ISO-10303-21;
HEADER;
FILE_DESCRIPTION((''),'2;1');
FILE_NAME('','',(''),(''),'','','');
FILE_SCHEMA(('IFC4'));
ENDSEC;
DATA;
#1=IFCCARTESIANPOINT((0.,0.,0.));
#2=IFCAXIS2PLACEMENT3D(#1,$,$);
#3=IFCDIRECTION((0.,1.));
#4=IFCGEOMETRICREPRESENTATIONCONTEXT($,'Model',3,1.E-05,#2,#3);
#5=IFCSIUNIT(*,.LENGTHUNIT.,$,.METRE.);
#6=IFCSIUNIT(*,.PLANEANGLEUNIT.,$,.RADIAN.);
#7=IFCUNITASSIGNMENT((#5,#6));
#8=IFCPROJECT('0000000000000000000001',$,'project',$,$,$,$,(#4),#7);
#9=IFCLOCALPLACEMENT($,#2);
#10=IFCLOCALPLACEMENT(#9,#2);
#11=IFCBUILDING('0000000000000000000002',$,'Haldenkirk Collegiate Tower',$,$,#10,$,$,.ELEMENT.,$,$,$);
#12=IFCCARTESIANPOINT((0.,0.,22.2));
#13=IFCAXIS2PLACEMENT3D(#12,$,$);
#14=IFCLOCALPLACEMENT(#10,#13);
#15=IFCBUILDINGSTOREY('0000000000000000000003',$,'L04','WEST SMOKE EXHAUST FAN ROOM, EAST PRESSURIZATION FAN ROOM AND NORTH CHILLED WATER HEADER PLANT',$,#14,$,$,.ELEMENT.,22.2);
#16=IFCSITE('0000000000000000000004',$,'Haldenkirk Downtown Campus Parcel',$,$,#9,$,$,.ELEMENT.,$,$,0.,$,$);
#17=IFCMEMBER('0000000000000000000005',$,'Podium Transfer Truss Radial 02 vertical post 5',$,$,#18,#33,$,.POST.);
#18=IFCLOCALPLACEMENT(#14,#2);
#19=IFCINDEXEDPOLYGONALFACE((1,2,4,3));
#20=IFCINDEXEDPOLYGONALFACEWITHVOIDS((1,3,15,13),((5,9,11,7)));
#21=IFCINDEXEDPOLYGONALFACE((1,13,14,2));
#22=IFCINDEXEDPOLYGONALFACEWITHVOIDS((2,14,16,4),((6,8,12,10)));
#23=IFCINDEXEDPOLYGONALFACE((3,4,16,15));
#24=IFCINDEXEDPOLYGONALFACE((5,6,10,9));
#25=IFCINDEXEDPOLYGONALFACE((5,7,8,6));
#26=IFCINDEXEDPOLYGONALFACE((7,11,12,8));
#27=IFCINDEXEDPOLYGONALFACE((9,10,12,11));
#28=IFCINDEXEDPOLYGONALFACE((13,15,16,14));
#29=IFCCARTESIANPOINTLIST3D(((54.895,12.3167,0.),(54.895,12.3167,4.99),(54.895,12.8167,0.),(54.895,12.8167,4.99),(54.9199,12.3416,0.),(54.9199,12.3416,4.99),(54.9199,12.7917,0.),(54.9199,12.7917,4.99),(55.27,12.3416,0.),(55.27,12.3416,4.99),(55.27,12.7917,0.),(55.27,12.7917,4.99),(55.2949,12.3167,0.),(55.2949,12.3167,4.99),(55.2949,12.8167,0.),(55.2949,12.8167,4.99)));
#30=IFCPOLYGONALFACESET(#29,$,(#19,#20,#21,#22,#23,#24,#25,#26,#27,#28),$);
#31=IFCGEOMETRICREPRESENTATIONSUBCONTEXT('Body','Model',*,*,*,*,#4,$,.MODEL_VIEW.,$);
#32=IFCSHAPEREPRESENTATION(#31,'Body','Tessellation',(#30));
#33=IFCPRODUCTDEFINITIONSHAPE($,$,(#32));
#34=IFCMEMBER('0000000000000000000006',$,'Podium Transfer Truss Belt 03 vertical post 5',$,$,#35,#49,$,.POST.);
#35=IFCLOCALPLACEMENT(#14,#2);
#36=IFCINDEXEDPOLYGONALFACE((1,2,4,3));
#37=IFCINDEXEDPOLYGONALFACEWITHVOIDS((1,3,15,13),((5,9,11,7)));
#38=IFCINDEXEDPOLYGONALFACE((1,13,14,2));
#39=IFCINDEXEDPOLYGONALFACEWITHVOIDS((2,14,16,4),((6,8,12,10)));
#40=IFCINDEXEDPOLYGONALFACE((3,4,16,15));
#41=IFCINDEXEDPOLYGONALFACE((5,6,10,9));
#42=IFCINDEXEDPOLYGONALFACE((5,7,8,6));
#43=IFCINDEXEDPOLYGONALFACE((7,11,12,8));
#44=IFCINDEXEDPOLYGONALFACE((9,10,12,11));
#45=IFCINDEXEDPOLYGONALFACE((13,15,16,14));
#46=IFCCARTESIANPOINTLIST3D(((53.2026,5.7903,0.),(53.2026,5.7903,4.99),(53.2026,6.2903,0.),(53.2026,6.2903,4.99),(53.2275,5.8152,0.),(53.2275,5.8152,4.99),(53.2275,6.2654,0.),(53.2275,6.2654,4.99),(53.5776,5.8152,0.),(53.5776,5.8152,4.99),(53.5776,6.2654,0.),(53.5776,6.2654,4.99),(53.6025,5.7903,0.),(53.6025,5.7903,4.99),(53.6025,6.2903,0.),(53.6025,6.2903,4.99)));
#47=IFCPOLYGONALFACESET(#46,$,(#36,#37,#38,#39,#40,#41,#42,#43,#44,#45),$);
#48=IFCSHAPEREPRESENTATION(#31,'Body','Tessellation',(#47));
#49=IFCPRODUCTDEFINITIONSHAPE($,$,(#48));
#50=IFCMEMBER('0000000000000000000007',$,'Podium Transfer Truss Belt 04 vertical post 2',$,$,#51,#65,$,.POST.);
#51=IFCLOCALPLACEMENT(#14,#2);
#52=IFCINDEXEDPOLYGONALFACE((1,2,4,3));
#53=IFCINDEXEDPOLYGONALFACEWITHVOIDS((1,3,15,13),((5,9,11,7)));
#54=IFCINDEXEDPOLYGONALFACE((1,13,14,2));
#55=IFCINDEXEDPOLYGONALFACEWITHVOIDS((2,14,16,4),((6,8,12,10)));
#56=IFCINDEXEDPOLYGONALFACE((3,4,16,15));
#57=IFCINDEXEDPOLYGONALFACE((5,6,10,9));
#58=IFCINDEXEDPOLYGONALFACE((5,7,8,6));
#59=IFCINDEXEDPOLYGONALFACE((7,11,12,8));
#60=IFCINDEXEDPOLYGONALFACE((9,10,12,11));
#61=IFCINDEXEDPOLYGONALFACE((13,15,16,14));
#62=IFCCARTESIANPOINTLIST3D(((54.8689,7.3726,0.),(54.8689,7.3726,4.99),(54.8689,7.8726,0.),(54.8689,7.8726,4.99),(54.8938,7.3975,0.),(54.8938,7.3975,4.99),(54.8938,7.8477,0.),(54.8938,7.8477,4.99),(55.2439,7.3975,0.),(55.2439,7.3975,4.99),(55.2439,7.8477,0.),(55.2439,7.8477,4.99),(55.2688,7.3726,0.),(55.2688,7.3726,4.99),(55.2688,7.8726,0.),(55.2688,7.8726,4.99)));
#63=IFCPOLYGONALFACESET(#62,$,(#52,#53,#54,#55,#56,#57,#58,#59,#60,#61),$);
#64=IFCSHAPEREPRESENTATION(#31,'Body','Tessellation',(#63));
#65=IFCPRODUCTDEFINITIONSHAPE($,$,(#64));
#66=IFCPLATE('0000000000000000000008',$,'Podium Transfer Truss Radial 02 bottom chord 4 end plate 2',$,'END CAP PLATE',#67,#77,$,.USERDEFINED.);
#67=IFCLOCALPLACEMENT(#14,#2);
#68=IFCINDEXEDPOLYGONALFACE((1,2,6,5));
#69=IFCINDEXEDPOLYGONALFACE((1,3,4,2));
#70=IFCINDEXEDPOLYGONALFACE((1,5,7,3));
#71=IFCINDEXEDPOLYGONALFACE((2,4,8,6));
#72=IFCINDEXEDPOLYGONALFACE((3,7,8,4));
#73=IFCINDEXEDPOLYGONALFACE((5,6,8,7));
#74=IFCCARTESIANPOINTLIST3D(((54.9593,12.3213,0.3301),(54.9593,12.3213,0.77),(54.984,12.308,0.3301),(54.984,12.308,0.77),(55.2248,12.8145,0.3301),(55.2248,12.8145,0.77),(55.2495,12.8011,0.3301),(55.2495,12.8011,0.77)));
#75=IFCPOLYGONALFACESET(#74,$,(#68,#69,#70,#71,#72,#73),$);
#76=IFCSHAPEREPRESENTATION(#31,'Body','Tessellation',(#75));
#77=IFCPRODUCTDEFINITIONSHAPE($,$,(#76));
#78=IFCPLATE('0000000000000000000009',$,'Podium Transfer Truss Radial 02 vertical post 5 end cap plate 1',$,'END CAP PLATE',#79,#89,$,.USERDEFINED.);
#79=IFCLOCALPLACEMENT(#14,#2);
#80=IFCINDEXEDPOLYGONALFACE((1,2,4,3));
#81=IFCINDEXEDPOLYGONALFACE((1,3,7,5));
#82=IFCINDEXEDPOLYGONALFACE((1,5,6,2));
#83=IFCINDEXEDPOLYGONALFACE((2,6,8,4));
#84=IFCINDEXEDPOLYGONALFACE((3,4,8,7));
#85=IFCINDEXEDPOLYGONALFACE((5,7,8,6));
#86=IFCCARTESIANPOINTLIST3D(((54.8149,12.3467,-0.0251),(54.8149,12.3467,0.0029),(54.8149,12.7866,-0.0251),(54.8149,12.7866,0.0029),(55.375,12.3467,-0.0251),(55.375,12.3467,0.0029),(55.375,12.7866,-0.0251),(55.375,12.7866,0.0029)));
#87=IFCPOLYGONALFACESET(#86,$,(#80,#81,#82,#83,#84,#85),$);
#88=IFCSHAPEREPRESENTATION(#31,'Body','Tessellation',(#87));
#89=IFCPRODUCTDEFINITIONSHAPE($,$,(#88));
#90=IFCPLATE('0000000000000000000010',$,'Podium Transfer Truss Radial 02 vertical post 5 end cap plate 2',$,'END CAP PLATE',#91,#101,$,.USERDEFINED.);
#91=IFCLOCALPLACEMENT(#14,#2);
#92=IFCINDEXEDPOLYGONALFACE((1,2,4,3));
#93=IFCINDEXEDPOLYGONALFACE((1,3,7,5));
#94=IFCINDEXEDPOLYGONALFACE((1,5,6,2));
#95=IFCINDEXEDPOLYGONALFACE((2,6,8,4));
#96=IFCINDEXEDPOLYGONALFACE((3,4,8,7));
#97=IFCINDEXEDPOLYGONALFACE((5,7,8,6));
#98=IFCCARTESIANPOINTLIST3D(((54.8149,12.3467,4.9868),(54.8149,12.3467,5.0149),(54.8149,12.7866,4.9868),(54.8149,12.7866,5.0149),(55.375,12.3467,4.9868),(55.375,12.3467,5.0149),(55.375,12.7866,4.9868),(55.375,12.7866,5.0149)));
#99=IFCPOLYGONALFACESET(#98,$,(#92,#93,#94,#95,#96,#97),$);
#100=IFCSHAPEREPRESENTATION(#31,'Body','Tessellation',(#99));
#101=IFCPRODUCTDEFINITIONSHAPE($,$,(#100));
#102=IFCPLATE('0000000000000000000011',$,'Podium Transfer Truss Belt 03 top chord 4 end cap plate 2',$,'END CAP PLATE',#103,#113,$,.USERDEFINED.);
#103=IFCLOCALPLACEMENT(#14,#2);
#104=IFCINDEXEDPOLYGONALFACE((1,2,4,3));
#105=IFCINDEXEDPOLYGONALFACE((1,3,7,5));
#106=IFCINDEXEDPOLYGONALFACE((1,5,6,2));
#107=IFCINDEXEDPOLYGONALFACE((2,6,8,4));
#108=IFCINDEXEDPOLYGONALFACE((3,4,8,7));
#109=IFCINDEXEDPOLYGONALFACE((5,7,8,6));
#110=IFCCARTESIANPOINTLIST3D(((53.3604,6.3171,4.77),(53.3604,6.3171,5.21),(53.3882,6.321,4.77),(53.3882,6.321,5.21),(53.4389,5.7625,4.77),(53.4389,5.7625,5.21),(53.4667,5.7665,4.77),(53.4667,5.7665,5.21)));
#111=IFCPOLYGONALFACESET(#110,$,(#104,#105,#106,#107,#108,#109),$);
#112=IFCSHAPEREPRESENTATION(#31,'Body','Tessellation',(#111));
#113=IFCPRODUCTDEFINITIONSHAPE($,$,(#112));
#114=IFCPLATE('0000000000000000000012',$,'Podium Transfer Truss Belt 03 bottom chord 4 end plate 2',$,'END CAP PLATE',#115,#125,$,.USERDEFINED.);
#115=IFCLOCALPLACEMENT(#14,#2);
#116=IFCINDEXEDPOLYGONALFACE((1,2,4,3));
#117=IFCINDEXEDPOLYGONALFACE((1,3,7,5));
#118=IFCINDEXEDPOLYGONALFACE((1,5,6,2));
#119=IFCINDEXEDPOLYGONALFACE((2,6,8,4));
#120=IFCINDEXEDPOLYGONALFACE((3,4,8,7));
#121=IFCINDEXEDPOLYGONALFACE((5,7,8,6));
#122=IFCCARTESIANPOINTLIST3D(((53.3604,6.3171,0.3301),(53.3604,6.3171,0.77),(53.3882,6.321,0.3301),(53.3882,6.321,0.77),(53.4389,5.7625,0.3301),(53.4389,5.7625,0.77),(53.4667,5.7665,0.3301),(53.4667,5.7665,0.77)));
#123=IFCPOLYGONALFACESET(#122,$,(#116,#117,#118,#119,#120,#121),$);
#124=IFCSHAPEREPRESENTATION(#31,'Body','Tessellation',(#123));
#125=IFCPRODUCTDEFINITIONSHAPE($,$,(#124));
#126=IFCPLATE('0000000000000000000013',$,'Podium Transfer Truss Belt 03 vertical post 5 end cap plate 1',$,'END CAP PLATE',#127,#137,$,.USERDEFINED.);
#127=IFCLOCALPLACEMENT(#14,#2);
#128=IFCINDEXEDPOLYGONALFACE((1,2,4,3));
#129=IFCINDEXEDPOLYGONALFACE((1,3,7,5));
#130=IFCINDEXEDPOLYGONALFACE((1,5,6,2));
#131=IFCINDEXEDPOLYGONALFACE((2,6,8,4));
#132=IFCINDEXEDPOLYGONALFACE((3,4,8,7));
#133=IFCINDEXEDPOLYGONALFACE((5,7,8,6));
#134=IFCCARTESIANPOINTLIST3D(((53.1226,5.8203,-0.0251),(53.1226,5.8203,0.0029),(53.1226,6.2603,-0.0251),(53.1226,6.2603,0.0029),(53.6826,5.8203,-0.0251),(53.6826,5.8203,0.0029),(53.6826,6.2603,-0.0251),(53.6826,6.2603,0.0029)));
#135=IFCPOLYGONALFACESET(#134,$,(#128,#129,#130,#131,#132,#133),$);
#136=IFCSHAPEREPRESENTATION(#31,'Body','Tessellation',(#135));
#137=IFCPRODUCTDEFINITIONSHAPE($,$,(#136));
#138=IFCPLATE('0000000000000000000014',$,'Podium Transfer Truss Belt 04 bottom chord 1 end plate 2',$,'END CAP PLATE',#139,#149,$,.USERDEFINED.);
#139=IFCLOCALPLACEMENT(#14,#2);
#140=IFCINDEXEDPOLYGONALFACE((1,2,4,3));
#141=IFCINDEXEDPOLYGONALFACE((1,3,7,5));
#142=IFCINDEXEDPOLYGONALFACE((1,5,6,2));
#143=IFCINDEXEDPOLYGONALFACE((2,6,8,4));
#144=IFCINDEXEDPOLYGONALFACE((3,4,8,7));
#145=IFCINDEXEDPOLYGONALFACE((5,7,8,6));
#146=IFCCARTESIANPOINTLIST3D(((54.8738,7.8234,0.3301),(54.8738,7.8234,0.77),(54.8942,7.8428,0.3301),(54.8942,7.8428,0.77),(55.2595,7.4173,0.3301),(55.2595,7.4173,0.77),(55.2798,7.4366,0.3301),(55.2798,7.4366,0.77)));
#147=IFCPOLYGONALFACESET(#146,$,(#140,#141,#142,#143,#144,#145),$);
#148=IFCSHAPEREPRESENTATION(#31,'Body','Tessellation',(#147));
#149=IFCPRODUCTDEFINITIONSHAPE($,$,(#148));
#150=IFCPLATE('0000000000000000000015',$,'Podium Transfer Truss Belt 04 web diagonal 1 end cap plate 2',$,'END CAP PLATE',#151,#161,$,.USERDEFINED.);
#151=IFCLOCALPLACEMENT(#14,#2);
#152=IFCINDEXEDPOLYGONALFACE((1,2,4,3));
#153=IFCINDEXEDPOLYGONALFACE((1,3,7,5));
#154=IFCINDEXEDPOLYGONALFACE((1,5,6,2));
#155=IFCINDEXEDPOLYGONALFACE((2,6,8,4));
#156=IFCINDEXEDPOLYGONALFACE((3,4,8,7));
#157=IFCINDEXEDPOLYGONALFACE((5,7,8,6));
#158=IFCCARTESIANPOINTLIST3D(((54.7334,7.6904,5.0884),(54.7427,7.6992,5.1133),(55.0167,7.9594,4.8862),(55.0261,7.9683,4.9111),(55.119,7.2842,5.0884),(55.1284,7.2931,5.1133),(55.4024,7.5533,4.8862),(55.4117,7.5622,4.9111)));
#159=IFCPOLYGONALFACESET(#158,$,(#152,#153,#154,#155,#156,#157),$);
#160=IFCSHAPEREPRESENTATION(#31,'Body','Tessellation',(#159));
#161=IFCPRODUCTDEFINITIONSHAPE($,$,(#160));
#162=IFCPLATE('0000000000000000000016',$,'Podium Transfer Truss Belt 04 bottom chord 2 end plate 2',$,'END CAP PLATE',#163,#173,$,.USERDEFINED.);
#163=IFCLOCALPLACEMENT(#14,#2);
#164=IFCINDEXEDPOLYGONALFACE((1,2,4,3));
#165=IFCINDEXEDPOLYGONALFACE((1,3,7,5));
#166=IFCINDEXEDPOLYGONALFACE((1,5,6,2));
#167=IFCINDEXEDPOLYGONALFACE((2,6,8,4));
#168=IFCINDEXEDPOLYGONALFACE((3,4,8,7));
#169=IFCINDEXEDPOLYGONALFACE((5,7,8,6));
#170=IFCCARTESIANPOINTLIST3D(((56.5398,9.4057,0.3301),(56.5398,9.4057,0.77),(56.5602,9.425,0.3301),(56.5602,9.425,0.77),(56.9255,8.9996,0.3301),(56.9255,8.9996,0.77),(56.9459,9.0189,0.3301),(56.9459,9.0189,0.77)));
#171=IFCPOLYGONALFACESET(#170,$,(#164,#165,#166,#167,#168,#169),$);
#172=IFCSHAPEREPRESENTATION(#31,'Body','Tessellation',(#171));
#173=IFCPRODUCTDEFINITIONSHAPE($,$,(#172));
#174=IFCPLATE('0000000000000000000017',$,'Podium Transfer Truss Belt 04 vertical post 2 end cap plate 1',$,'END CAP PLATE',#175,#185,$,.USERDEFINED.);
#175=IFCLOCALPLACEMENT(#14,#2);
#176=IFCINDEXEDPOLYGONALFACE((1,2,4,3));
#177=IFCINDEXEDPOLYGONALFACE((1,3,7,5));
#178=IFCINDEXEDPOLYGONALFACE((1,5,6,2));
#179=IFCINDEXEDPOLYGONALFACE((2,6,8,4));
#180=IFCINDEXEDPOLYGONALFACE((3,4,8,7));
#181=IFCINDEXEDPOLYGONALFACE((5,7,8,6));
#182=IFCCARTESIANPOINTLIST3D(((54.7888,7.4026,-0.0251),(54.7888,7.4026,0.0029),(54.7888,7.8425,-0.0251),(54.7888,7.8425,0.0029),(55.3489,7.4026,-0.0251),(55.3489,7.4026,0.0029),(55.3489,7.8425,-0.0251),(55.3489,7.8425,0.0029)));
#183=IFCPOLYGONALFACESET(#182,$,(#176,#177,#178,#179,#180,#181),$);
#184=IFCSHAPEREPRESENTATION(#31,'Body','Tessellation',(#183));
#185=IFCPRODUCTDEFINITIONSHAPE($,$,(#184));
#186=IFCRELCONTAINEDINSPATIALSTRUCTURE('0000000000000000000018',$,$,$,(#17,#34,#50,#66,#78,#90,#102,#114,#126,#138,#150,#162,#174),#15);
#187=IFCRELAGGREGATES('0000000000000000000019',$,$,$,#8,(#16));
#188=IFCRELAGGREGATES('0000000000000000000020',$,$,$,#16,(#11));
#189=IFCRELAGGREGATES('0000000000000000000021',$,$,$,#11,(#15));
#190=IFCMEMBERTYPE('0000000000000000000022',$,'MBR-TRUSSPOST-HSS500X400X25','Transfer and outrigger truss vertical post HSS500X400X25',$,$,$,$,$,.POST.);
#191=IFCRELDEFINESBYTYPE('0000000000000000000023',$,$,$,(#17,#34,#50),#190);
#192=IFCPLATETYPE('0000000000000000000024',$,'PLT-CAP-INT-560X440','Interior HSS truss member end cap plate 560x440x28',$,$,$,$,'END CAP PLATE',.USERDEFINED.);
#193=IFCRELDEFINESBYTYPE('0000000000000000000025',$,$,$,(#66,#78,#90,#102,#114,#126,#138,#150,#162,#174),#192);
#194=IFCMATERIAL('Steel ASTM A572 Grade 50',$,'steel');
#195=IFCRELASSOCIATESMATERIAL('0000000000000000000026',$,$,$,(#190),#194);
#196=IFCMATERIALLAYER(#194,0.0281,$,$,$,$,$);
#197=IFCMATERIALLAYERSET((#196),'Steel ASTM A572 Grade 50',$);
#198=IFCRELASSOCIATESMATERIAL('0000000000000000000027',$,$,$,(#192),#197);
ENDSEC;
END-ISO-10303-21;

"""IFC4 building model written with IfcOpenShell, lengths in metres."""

from ifc_helpers import new_model, si_unit, direction, frame, origin, origin_2d, place, context, subcontext, project, spatial, rectangle, hollow_rectangle, extrude, source, transform, mapped, material, layer, layer_set, material_profile, profile_set, type_object, element, save


model = new_model("IFC4")

# Units and contexts
model_context = context("Model", 3, precision=1e-05, world=origin(), true_north=direction((0.0, 1.0)))
body_context = subcontext(model_context, "Body", "Model", "MODEL_VIEW")
ifc_project = project(units=[si_unit("LENGTHUNIT", "METRE"), si_unit("PLANEANGLEUNIT", "RADIAN")], contexts=[model_context])

# Site, building, storey
site_placement = place(None, origin())
site = spatial("IfcSite", under=ifc_project, at=site_placement, Name="Haldenkirk Downtown Campus Parcel", CompositionType="ELEMENT", RefElevation=0.0)
building_placement = place(site_placement, origin())
building = spatial("IfcBuilding", under=site, at=building_placement, Name="Haldenkirk Collegiate Tower", CompositionType="ELEMENT")
storey_placement = place(building_placement, frame((0.0, 0.0, 22.2)))
storey = spatial("IfcBuildingStorey", under=building, at=storey_placement, Name="L04", Description="WEST SMOKE EXHAUST FAN ROOM, EAST PRESSURIZATION FAN ROOM AND NORTH CHILLED WATER HEADER PLANT", CompositionType="ELEMENT", Elevation=22.2)

# Members
ifc_material_1 = material(Name="Steel ASTM A572 Grade 50", Category="steel")
ifc_material_profile_1 = material_profile(ifc_material_1, hollow_rectangle(XDim=0.3999, YDim=0.5, WallThickness=0.0249, at=origin_2d()), Name="HSS500X400X25")
ifc_profile_set_1 = profile_set([ifc_material_profile_1], Name="Steel ASTM A572 Grade 50")
member_type_1 = type_object("IfcMemberType", Name="MBR-TRUSSPOST-HSS500X400X25", Description="Transfer and outrigger truss vertical post HSS500X400X25", PredefinedType="POST", material=ifc_profile_set_1)
for number, where, z_axis, x_axis, name in (
    (1, (55.095, 12.5667, 0.0), (0.0, 0.0, 1.0), (1.0, 0.0, 0.0), "Podium Transfer Truss Radial 02 vertical post 5"),
    (2, (53.4026, 6.0403, 0.0), (0.0, 0.0, 1.0), (1.0, 0.0, 0.0), "Podium Transfer Truss Belt 03 vertical post 5"),
    (3, (55.0688, 7.6226, 0.0), (0.0, 0.0, 1.0), (1.0, 0.0, 0.0), "Podium Transfer Truss Belt 04 vertical post 2"),
):
    element("IfcMember", number, at=place(storey_placement, frame(where, z_axis=z_axis, x_axis=x_axis)), inside=storey, type_object=member_type_1, Name=name, PredefinedType="POST", context=body_context, shape_type="SweptSolid", body=[
        extrude(hollow_rectangle(XDim=0.3999, YDim=0.5, WallThickness=0.0249, at=origin_2d()), origin(), (0.0, 0.0, 1.0), 4.99),
    ])

# Plates
ifc_layer = layer(ifc_material_1, 0.0281)
ifc_layer_set = layer_set([ifc_layer], Name="Steel ASTM A572 Grade 50")
plate_type = type_object("IfcPlateType", Name="PLT-CAP-INT-560X440", Description="Interior HSS truss member end cap plate 560x440x28", ElementType="END CAP PLATE", PredefinedType="USERDEFINED", material=ifc_layer_set)
shared_shape = source(origin(), body_context, "Body", "SweptSolid", [
    extrude(rectangle(XDim=0.5601, YDim=0.4399, at=origin_2d()), origin(), (0.0, 0.0, 1.0), 0.0281),
])
for number, where, z_axis, x_axis, name in (
    (4, (55.092, 12.5679, 0.55), (0.880556, -0.473942, 0.0), (0.473942, 0.880556, 0.0), "Podium Transfer Truss Radial 02 bottom chord 4 end plate 2"),
    (5, (55.095, 12.5667, 0.0029), (0.0, 0.0, -1.0), (1.0, 0.0, 0.0), "Podium Transfer Truss Radial 02 vertical post 5 end cap plate 1"),
    (6, (55.095, 12.5667, 4.9868), (0.0, 0.0, 1.0), (1.0, 0.0, 0.0), "Podium Transfer Truss Radial 02 vertical post 5 end cap plate 2"),
    (7, (53.3997, 6.0398, 4.99), (0.990146, 0.140036, 0.0), (-0.140036, 0.990146, 0.0), "Podium Transfer Truss Belt 03 top chord 4 end cap plate 2"),
    (8, (53.3997, 6.0398, 0.55), (0.990147, 0.140032, 0.0), (-0.140032, 0.990147, 0.0), "Podium Transfer Truss Belt 03 bottom chord 4 end plate 2"),
    (9, (53.4026, 6.0403, 0.0029), (0.0, 0.0, -1.0), (1.0, 0.0, 0.0), "Podium Transfer Truss Belt 03 vertical post 5 end cap plate 1"),
    (10, (55.0667, 7.6204, 0.55), (0.725128, 0.688614, 0.0), (-0.688614, 0.725128, 0.0), "Podium Transfer Truss Belt 04 bottom chord 1 end plate 2"),
    (11, (55.0679, 7.6218, 4.9873), (0.333283, 0.316501, 0.888116), (-0.688614, 0.725128, 0.0), "Podium Transfer Truss Belt 04 web diagonal 1 end cap plate 2"),
    (12, (56.7327, 9.2026, 0.55), (0.725128, 0.688614, 0.0), (-0.688614, 0.725128, 0.0), "Podium Transfer Truss Belt 04 bottom chord 2 end plate 2"),
    (13, (55.0688, 7.6226, 0.0029), (0.0, 0.0, -1.0), (1.0, 0.0, 0.0), "Podium Transfer Truss Belt 04 vertical post 2 end cap plate 1"),
):
    element("IfcPlate", number, at=place(storey_placement, frame(where, z_axis=z_axis, x_axis=x_axis)), inside=storey, type_object=plate_type, Name=name, ObjectType="END CAP PLATE", PredefinedType="USERDEFINED", context=body_context, shape_type="MappedRepresentation", body=[
        mapped(shared_shape, transform((0.0, 0.0, 0.0), x_axis=(1.0, 0.0, 0.0), y_axis=(0.0, 1.0, 0.0), z_axis=(0.0, 0.0, 1.0), scale=1.0)),
    ])

save(model, "model.ifc")
